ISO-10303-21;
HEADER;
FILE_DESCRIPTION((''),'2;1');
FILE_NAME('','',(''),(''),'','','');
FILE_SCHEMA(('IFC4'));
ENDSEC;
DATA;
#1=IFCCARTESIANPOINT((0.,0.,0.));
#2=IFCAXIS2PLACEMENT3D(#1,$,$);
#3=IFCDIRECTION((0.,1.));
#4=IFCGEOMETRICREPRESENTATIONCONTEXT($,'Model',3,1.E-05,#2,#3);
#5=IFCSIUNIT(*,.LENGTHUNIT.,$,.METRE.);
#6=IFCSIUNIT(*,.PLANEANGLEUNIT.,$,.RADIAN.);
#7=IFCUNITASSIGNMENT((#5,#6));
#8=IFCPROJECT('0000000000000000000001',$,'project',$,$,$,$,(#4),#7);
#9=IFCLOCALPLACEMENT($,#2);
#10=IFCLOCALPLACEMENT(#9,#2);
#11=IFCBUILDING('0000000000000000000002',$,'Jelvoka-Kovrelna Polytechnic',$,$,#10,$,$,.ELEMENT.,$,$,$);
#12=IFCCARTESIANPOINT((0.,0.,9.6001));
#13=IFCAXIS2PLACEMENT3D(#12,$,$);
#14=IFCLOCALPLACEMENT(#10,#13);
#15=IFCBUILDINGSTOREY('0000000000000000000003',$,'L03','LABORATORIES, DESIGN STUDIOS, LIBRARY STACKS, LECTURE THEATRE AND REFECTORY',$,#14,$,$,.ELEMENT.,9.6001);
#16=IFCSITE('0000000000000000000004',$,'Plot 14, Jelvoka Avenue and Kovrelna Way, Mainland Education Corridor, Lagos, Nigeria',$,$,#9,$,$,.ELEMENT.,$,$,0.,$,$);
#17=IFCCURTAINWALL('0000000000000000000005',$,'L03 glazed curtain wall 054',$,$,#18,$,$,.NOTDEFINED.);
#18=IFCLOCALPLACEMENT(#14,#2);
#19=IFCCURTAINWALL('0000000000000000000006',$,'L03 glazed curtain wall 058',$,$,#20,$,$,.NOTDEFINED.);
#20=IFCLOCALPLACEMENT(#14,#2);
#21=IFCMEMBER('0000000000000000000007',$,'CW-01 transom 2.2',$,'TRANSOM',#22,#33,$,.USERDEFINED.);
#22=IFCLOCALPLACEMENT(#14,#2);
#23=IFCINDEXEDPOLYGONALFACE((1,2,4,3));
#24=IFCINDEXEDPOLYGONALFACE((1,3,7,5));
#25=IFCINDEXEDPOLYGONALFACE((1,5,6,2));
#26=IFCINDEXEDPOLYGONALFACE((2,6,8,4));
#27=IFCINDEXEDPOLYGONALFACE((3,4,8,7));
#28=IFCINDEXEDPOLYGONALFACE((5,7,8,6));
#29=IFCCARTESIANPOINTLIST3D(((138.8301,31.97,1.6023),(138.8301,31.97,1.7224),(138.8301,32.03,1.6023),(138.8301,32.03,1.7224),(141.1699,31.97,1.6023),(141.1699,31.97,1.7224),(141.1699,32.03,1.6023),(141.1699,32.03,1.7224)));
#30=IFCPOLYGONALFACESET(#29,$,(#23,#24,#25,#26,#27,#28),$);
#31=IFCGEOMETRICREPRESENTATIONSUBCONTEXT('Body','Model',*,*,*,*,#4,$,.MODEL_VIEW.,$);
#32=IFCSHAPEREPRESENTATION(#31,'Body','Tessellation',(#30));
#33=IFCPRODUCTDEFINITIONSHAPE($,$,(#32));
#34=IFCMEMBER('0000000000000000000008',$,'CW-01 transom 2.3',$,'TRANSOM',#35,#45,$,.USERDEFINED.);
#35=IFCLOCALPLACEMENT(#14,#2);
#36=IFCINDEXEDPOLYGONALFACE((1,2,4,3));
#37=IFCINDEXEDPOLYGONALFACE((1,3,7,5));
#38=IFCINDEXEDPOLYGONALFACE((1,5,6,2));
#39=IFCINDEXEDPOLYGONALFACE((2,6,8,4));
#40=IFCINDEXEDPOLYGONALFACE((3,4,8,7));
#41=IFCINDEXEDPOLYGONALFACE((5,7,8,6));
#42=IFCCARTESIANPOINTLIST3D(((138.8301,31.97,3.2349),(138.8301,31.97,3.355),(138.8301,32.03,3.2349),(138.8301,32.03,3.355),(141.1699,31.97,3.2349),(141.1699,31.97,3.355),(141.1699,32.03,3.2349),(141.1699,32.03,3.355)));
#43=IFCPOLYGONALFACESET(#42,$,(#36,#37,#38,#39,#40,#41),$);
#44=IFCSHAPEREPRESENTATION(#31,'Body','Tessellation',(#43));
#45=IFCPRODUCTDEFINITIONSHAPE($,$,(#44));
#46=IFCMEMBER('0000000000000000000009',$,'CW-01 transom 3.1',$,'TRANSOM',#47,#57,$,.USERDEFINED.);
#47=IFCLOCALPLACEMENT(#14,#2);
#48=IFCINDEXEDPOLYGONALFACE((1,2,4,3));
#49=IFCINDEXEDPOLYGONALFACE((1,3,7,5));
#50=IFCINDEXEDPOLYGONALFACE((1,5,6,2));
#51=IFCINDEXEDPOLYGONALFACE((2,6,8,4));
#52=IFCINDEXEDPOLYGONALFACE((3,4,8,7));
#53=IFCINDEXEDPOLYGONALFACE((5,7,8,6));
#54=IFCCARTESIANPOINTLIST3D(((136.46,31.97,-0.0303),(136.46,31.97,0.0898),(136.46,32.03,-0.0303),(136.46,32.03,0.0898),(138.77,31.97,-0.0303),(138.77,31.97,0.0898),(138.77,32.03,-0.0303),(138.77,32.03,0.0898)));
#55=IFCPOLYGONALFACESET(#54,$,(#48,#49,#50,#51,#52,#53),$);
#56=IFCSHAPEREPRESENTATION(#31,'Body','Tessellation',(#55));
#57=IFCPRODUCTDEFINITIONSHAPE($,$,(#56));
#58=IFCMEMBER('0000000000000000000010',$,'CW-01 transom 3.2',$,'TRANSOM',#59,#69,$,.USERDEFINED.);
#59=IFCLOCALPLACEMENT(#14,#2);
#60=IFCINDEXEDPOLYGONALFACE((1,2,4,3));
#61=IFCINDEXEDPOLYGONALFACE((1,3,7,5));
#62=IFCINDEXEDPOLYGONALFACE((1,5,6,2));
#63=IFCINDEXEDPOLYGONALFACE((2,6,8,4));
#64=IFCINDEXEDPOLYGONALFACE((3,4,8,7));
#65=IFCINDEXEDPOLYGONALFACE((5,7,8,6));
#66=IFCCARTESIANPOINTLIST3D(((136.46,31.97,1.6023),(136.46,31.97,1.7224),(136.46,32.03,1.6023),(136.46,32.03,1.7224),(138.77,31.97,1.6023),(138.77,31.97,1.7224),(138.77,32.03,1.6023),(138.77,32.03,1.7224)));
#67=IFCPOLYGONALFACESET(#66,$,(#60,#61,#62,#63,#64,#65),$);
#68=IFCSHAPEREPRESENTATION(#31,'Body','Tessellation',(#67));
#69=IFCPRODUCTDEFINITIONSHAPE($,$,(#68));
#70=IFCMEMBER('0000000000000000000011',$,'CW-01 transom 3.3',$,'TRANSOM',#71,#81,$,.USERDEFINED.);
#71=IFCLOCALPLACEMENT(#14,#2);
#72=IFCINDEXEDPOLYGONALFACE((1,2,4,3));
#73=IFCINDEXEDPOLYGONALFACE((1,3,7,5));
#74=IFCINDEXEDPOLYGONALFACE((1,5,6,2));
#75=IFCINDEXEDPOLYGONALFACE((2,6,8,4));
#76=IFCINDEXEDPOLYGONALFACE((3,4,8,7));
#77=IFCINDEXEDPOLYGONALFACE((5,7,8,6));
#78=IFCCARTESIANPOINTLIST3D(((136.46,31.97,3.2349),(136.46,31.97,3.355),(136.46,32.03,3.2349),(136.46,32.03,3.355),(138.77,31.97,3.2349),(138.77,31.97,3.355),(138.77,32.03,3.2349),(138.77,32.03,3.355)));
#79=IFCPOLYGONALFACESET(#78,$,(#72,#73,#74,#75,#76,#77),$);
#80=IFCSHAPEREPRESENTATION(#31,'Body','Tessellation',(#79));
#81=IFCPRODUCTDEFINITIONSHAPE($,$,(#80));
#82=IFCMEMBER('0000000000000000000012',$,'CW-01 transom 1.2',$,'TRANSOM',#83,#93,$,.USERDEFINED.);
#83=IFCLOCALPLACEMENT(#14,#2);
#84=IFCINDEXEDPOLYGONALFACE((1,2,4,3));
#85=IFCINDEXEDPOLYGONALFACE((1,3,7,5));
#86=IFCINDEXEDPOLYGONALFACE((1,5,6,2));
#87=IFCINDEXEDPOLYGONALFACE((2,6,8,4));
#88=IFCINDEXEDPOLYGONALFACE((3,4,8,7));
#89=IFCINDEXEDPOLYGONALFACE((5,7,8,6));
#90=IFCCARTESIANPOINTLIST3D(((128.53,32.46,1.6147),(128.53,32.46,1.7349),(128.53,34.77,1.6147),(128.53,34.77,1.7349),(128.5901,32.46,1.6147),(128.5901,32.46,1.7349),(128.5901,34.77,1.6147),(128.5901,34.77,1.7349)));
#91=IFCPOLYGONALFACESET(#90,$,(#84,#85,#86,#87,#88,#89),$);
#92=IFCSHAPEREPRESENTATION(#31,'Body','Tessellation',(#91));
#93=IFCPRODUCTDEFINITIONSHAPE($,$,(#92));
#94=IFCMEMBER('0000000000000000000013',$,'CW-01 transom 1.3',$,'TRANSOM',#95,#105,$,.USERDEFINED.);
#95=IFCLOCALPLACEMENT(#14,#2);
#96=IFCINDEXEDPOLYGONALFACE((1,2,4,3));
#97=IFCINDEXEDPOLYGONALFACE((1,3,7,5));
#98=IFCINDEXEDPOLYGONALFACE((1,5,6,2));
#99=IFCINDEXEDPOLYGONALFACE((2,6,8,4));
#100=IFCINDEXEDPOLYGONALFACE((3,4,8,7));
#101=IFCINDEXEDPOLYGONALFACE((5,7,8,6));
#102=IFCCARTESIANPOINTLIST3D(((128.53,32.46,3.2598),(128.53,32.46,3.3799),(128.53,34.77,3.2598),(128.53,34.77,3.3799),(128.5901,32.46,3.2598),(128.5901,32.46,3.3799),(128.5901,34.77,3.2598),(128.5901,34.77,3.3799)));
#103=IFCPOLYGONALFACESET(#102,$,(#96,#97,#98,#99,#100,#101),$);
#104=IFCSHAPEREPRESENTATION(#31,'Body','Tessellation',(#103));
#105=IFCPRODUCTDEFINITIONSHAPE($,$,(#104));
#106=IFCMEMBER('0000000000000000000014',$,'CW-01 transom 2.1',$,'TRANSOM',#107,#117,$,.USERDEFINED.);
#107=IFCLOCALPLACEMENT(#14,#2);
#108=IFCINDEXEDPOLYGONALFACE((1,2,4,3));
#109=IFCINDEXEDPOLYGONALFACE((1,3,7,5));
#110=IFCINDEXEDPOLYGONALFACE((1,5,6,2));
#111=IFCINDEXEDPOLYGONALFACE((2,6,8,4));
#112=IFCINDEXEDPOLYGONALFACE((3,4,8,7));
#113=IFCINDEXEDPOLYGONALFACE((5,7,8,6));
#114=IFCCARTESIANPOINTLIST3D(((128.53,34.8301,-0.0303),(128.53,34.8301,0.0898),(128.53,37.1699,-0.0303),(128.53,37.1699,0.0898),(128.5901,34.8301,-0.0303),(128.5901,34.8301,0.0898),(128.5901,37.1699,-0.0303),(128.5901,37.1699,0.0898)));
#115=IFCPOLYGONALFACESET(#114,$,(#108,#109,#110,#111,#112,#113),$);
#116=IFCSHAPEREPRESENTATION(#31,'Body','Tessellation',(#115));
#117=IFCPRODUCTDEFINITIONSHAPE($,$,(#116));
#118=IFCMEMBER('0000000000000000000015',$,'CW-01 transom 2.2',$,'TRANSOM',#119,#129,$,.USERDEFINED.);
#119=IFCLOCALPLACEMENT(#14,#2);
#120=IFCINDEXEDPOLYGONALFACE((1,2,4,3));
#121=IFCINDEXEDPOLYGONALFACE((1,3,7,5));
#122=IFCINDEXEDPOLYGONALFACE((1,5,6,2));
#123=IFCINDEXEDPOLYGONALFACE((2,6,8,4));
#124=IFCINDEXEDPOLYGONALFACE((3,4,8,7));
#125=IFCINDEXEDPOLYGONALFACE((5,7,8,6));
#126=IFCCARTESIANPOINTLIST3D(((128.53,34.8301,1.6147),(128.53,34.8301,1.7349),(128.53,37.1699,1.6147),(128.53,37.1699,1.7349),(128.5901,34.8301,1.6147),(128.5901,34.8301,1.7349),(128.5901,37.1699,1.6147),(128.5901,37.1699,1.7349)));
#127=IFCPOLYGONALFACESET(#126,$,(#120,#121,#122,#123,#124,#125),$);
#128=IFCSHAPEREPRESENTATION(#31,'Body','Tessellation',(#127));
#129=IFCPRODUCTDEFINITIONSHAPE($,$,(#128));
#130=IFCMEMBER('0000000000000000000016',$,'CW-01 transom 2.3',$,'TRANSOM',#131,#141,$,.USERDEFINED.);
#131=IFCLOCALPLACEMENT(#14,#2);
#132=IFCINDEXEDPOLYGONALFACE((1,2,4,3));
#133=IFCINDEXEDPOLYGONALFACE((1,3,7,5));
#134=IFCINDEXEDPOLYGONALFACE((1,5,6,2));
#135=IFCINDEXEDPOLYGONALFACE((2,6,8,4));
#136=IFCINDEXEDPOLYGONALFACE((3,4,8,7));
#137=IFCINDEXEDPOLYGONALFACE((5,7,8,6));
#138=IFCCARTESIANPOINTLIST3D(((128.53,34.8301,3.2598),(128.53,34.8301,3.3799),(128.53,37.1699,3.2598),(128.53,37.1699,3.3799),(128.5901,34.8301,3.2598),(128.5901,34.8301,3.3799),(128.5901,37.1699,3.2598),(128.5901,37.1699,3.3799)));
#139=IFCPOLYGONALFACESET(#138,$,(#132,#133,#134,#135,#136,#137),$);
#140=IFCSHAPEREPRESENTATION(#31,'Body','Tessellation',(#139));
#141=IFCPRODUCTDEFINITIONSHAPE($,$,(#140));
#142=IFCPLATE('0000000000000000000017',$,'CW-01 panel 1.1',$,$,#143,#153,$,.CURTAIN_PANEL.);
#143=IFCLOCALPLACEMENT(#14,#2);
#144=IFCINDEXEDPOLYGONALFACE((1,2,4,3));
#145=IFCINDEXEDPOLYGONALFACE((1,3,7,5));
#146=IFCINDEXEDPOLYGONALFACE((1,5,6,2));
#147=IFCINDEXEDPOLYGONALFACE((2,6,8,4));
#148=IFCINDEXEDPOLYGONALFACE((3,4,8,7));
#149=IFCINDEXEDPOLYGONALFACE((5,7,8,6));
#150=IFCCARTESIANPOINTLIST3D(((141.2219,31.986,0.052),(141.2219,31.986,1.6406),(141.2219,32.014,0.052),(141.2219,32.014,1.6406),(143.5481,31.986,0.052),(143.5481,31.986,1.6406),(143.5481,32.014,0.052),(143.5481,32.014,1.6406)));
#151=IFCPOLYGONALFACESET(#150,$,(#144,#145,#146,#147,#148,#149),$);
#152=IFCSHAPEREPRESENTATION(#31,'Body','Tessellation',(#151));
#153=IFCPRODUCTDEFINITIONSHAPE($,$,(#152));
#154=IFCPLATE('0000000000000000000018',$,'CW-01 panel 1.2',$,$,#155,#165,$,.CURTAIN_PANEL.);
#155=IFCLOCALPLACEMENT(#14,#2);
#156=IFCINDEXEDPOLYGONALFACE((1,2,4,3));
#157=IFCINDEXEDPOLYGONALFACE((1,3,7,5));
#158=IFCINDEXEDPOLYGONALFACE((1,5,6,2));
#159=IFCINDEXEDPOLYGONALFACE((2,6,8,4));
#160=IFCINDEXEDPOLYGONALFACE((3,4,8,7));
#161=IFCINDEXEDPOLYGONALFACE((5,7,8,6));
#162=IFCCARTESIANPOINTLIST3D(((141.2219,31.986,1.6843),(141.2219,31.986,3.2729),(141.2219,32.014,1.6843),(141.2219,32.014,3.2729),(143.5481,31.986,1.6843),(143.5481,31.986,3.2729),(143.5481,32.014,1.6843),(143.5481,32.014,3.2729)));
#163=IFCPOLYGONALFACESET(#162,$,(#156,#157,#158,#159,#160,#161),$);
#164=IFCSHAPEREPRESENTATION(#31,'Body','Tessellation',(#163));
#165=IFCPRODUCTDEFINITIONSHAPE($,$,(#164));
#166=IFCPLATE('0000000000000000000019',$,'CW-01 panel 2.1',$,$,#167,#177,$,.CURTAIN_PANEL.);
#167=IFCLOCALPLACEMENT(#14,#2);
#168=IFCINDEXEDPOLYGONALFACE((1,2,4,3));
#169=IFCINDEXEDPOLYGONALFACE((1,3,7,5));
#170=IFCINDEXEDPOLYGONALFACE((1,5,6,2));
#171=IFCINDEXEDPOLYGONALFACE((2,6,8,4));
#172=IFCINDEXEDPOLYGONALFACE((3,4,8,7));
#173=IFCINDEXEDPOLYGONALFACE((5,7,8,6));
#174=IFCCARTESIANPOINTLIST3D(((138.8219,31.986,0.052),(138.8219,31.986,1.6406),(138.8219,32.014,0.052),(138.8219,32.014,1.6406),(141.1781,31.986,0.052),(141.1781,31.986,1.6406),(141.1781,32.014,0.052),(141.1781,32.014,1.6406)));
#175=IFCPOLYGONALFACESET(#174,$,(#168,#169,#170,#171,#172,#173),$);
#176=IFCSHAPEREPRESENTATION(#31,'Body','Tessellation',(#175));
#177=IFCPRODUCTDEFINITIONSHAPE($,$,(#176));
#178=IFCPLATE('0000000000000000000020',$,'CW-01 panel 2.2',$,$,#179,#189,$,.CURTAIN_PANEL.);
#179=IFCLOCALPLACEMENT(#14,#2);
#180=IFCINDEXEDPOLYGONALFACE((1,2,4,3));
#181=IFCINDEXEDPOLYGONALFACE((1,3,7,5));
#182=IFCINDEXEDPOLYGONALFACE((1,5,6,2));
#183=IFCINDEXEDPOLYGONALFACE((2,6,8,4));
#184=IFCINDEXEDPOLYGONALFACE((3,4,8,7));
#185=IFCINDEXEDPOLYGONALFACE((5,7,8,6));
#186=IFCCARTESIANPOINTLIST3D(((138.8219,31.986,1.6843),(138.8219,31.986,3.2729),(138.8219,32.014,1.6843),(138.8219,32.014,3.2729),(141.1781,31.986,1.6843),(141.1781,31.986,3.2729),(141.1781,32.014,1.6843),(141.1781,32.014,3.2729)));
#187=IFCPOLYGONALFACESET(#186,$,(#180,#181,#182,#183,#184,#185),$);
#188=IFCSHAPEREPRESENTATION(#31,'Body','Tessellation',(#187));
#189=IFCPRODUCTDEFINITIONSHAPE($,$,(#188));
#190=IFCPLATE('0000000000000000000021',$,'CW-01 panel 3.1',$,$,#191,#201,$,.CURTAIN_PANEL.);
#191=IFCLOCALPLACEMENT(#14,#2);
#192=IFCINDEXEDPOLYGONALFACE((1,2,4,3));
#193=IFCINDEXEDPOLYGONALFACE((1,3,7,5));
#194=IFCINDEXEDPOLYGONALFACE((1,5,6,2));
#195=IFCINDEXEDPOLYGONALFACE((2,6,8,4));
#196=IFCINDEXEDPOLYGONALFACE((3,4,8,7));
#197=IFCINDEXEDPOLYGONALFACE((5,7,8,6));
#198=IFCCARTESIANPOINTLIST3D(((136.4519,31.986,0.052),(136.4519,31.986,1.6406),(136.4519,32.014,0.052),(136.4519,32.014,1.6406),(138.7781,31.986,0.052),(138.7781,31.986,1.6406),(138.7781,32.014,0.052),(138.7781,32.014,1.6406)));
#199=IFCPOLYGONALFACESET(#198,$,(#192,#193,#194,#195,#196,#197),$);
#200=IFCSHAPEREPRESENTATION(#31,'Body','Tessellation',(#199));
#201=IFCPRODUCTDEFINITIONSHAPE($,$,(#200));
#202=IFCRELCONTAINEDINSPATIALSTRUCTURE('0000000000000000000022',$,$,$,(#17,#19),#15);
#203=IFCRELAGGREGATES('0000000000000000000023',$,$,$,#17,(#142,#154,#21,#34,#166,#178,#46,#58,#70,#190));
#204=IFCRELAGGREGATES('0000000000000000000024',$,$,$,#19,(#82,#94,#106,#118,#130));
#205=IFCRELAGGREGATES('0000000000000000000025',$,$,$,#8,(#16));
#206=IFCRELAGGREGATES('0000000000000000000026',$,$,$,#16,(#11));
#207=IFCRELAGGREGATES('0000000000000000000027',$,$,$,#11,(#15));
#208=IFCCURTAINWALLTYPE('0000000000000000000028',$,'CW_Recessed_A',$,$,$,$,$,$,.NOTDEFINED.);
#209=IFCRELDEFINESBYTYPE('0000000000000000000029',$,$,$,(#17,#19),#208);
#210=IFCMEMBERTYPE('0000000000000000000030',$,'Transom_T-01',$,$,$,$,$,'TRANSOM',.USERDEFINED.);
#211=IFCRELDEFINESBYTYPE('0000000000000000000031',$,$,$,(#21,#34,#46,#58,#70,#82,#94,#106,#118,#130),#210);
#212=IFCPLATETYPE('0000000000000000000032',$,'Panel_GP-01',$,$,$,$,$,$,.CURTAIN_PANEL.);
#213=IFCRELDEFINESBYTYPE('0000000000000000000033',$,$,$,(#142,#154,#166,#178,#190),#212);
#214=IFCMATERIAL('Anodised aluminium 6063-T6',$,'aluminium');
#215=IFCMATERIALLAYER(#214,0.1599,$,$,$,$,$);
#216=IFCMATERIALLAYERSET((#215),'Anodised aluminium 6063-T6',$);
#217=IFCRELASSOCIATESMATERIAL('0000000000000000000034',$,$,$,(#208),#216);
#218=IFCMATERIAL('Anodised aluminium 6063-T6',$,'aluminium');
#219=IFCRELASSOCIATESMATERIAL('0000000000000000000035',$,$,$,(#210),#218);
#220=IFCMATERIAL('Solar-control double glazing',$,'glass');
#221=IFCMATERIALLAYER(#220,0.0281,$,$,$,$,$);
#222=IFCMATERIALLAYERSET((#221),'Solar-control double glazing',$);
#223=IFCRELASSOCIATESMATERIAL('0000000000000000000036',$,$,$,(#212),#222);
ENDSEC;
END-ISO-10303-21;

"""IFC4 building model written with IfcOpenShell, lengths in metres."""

from ifc_helpers import new_model, si_unit, direction, frame, origin, origin_2d, place, context, subcontext, project, spatial, rectangle, extrude, material, layer, layer_set, material_profile, profile_set, type_object, element, aggregate, save


model = new_model("IFC4")

# Units and contexts
model_context = context("Model", 3, precision=1e-05, world=origin(), true_north=direction((0.0, 1.0)))
body_context = subcontext(model_context, "Body", "Model", "MODEL_VIEW")
ifc_project = project(units=[si_unit("LENGTHUNIT", "METRE"), si_unit("PLANEANGLEUNIT", "RADIAN")], contexts=[model_context])

# Site, building, storey
site_placement = place(None, origin())
site = spatial("IfcSite", under=ifc_project, at=site_placement, Name="Plot 14, Jelvoka Avenue and Kovrelna Way, Mainland Education Corridor, Lagos, Nigeria", CompositionType="ELEMENT", RefElevation=0.0)
building_placement = place(site_placement, origin())
building = spatial("IfcBuilding", under=site, at=building_placement, Name="Jelvoka-Kovrelna Polytechnic", CompositionType="ELEMENT")
storey_placement = place(building_placement, frame((0.0, 0.0, 9.6001)))
storey = spatial("IfcBuildingStorey", under=building, at=storey_placement, Name="L03", Description="LABORATORIES, DESIGN STUDIOS, LIBRARY STACKS, LECTURE THEATRE AND REFECTORY", CompositionType="ELEMENT", Elevation=9.6001)

# Curtain wall
ifc_material_1 = material(Name="Anodised aluminium 6063-T6", Category="aluminium")
ifc_layer_1 = layer(ifc_material_1, 0.1599)
ifc_layer_set_1 = layer_set([ifc_layer_1], Name="Anodised aluminium 6063-T6")
curtain_wall_type = type_object("IfcCurtainWallType", Name="CW_Recessed_A", PredefinedType="NOTDEFINED", material=ifc_layer_set_1)
curtain_wall_1_placement = place(storey_placement, origin())
curtain_wall_1 = element("IfcCurtainWall", 1, at=curtain_wall_1_placement, inside=storey, type_object=curtain_wall_type, Name="L03 glazed curtain wall 054", PredefinedType="NOTDEFINED")

# Curtain wall
curtain_wall_2_placement = place(storey_placement, origin())
curtain_wall_2 = element("IfcCurtainWall", 2, at=curtain_wall_2_placement, inside=storey, type_object=curtain_wall_type, Name="L03 glazed curtain wall 058", PredefinedType="NOTDEFINED")

# Members
ifc_material_2 = material(Name="Anodised aluminium 6063-T6", Category="aluminium")
ifc_material_profile_1 = material_profile(ifc_material_2, rectangle(XDim=0.0601, YDim=0.1201, at=origin_2d()), Name="ALU 60x120")
ifc_profile_set_1 = profile_set([ifc_material_profile_1], Name="Anodised aluminium 6063-T6")
member_type_1 = type_object("IfcMemberType", Name="Transom_T-01", ElementType="TRANSOM", PredefinedType="USERDEFINED", material=ifc_profile_set_1)
member_1_placement = place(storey_placement, frame((141.1699, 32.0, 1.6624), z_axis=(-1.0, 0.0, 0.0), x_axis=(0.0, -1.0, 0.0)))
member_1 = element("IfcMember", 3, at=member_1_placement, type_object=member_type_1, Name="CW-01 transom 2.2", ObjectType="TRANSOM", PredefinedType="USERDEFINED", context=body_context, shape_type="SweptSolid", body=[
    extrude(rectangle(XDim=0.0601, YDim=0.1201, at=origin_2d()), origin(), (0.0, 0.0, 1.0), 2.3398),
])
member_2_placement = place(storey_placement, frame((141.1699, 32.0, 3.2949), z_axis=(-1.0, 0.0, 0.0), x_axis=(0.0, -1.0, 0.0)))
member_2 = element("IfcMember", 4, at=member_2_placement, type_object=member_type_1, Name="CW-01 transom 2.3", ObjectType="TRANSOM", PredefinedType="USERDEFINED", context=body_context, shape_type="SweptSolid", body=[
    extrude(rectangle(XDim=0.0601, YDim=0.1201, at=origin_2d()), origin(), (0.0, 0.0, 1.0), 2.3398),
])
member_3_placement = place(storey_placement, frame((138.77, 32.0, 0.0298), z_axis=(-1.0, 0.0, 0.0), x_axis=(0.0, -1.0, 0.0)))
member_3 = element("IfcMember", 5, at=member_3_placement, type_object=member_type_1, Name="CW-01 transom 3.1", ObjectType="TRANSOM", PredefinedType="USERDEFINED", context=body_context, shape_type="SweptSolid", body=[
    extrude(rectangle(XDim=0.0601, YDim=0.1201, at=origin_2d()), origin(), (0.0, 0.0, 1.0), 2.3101),
])
member_4_placement = place(storey_placement, frame((138.77, 32.0, 1.6624), z_axis=(-1.0, 0.0, 0.0), x_axis=(0.0, -1.0, 0.0)))
member_4 = element("IfcMember", 6, at=member_4_placement, type_object=member_type_1, Name="CW-01 transom 3.2", ObjectType="TRANSOM", PredefinedType="USERDEFINED", context=body_context, shape_type="SweptSolid", body=[
    extrude(rectangle(XDim=0.0601, YDim=0.1201, at=origin_2d()), origin(), (0.0, 0.0, 1.0), 2.3101),
])
member_5_placement = place(storey_placement, frame((138.77, 32.0, 3.2949), z_axis=(-1.0, 0.0, 0.0), x_axis=(0.0, -1.0, 0.0)))
member_5 = element("IfcMember", 7, at=member_5_placement, type_object=member_type_1, Name="CW-01 transom 3.3", ObjectType="TRANSOM", PredefinedType="USERDEFINED", context=body_context, shape_type="SweptSolid", body=[
    extrude(rectangle(XDim=0.0601, YDim=0.1201, at=origin_2d()), origin(), (0.0, 0.0, 1.0), 2.3101),
])
member_6_placement = place(storey_placement, frame((128.5601, 32.46, 1.6748), z_axis=(0.0, 1.0, 0.0), x_axis=(-1.0, 0.0, 0.0)))
member_6 = element("IfcMember", 8, at=member_6_placement, type_object=member_type_1, Name="CW-01 transom 1.2", ObjectType="TRANSOM", PredefinedType="USERDEFINED", context=body_context, shape_type="SweptSolid", body=[
    extrude(rectangle(XDim=0.0601, YDim=0.1201, at=origin_2d()), origin(), (0.0, 0.0, 1.0), 2.3101),
])
member_7_placement = place(storey_placement, frame((128.5601, 32.46, 3.3198), z_axis=(0.0, 1.0, 0.0), x_axis=(-1.0, 0.0, 0.0)))
member_7 = element("IfcMember", 9, at=member_7_placement, type_object=member_type_1, Name="CW-01 transom 1.3", ObjectType="TRANSOM", PredefinedType="USERDEFINED", context=body_context, shape_type="SweptSolid", body=[
    extrude(rectangle(XDim=0.0601, YDim=0.1201, at=origin_2d()), origin(), (0.0, 0.0, 1.0), 2.3101),
])
member_8_placement = place(storey_placement, frame((128.5601, 34.8301, 0.0298), z_axis=(0.0, 1.0, 0.0), x_axis=(-1.0, 0.0, 0.0)))
member_8 = element("IfcMember", 10, at=member_8_placement, type_object=member_type_1, Name="CW-01 transom 2.1", ObjectType="TRANSOM", PredefinedType="USERDEFINED", context=body_context, shape_type="SweptSolid", body=[
    extrude(rectangle(XDim=0.0601, YDim=0.1201, at=origin_2d()), origin(), (0.0, 0.0, 1.0), 2.3398),
])
member_9_placement = place(storey_placement, frame((128.5601, 34.8301, 1.6748), z_axis=(0.0, 1.0, 0.0), x_axis=(-1.0, 0.0, 0.0)))
member_9 = element("IfcMember", 11, at=member_9_placement, type_object=member_type_1, Name="CW-01 transom 2.2", ObjectType="TRANSOM", PredefinedType="USERDEFINED", context=body_context, shape_type="SweptSolid", body=[
    extrude(rectangle(XDim=0.0601, YDim=0.1201, at=origin_2d()), origin(), (0.0, 0.0, 1.0), 2.3398),
])
member_10_placement = place(storey_placement, frame((128.5601, 34.8301, 3.3198), z_axis=(0.0, 1.0, 0.0), x_axis=(-1.0, 0.0, 0.0)))
member_10 = element("IfcMember", 12, at=member_10_placement, type_object=member_type_1, Name="CW-01 transom 2.3", ObjectType="TRANSOM", PredefinedType="USERDEFINED", context=body_context, shape_type="SweptSolid", body=[
    extrude(rectangle(XDim=0.0601, YDim=0.1201, at=origin_2d()), origin(), (0.0, 0.0, 1.0), 2.3398),
])

# Plates
ifc_material_3 = material(Name="Solar-control double glazing", Category="glass")
ifc_layer_2 = layer(ifc_material_3, 0.0281)
ifc_layer_set_2 = layer_set([ifc_layer_2], Name="Solar-control double glazing")
plate_type = type_object("IfcPlateType", Name="Panel_GP-01", PredefinedType="CURTAIN_PANEL", material=ifc_layer_set_2)
plate_1_placement = place(storey_placement, frame((142.385, 32.0, 0.052), z_axis=(0.0, 0.0, 1.0), x_axis=(-1.0, 0.0, 0.0)))
plate_1 = element("IfcPlate", 13, at=plate_1_placement, type_object=plate_type, Name="CW-01 panel 1.1", PredefinedType="CURTAIN_PANEL", context=body_context, shape_type="SweptSolid", body=[
    extrude(rectangle(XDim=2.3262, YDim=0.0281, at=origin_2d()), origin(), (0.0, 0.0, 1.0), 1.5886),
])
plate_2_placement = place(storey_placement, frame((142.385, 32.0, 1.6843), z_axis=(0.0, 0.0, 1.0), x_axis=(-1.0, 0.0, 0.0)))
plate_2 = element("IfcPlate", 14, at=plate_2_placement, type_object=plate_type, Name="CW-01 panel 1.2", PredefinedType="CURTAIN_PANEL", context=body_context, shape_type="SweptSolid", body=[
    extrude(rectangle(XDim=2.3262, YDim=0.0281, at=origin_2d()), origin(), (0.0, 0.0, 1.0), 1.5886),
])
plate_3_placement = place(storey_placement, frame((140.0, 32.0, 0.052), z_axis=(0.0, 0.0, 1.0), x_axis=(-1.0, 0.0, 0.0)))
plate_3 = element("IfcPlate", 15, at=plate_3_placement, type_object=plate_type, Name="CW-01 panel 2.1", PredefinedType="CURTAIN_PANEL", context=body_context, shape_type="SweptSolid", body=[
    extrude(rectangle(XDim=2.3562, YDim=0.0281, at=origin_2d()), origin(), (0.0, 0.0, 1.0), 1.5886),
])
plate_4_placement = place(storey_placement, frame((140.0, 32.0, 1.6843), z_axis=(0.0, 0.0, 1.0), x_axis=(-1.0, 0.0, 0.0)))
plate_4 = element("IfcPlate", 16, at=plate_4_placement, type_object=plate_type, Name="CW-01 panel 2.2", PredefinedType="CURTAIN_PANEL", context=body_context, shape_type="SweptSolid", body=[
    extrude(rectangle(XDim=2.3562, YDim=0.0281, at=origin_2d()), origin(), (0.0, 0.0, 1.0), 1.5886),
])
plate_5_placement = place(storey_placement, frame((137.615, 32.0, 0.052), z_axis=(0.0, 0.0, 1.0), x_axis=(-1.0, 0.0, 0.0)))
plate_5 = element("IfcPlate", 17, at=plate_5_placement, type_object=plate_type, Name="CW-01 panel 3.1", PredefinedType="CURTAIN_PANEL", context=body_context, shape_type="SweptSolid", body=[
    extrude(rectangle(XDim=2.3262, YDim=0.0281, at=origin_2d()), origin(), (0.0, 0.0, 1.0), 1.5886),
])
aggregate(curtain_wall_1, [plate_1, plate_2, member_1, member_2, plate_3, plate_4, member_3, member_4, member_5, plate_5])
aggregate(curtain_wall_2, [member_6, member_7, member_8, member_9, member_10])

save(model, "model.ifc")
